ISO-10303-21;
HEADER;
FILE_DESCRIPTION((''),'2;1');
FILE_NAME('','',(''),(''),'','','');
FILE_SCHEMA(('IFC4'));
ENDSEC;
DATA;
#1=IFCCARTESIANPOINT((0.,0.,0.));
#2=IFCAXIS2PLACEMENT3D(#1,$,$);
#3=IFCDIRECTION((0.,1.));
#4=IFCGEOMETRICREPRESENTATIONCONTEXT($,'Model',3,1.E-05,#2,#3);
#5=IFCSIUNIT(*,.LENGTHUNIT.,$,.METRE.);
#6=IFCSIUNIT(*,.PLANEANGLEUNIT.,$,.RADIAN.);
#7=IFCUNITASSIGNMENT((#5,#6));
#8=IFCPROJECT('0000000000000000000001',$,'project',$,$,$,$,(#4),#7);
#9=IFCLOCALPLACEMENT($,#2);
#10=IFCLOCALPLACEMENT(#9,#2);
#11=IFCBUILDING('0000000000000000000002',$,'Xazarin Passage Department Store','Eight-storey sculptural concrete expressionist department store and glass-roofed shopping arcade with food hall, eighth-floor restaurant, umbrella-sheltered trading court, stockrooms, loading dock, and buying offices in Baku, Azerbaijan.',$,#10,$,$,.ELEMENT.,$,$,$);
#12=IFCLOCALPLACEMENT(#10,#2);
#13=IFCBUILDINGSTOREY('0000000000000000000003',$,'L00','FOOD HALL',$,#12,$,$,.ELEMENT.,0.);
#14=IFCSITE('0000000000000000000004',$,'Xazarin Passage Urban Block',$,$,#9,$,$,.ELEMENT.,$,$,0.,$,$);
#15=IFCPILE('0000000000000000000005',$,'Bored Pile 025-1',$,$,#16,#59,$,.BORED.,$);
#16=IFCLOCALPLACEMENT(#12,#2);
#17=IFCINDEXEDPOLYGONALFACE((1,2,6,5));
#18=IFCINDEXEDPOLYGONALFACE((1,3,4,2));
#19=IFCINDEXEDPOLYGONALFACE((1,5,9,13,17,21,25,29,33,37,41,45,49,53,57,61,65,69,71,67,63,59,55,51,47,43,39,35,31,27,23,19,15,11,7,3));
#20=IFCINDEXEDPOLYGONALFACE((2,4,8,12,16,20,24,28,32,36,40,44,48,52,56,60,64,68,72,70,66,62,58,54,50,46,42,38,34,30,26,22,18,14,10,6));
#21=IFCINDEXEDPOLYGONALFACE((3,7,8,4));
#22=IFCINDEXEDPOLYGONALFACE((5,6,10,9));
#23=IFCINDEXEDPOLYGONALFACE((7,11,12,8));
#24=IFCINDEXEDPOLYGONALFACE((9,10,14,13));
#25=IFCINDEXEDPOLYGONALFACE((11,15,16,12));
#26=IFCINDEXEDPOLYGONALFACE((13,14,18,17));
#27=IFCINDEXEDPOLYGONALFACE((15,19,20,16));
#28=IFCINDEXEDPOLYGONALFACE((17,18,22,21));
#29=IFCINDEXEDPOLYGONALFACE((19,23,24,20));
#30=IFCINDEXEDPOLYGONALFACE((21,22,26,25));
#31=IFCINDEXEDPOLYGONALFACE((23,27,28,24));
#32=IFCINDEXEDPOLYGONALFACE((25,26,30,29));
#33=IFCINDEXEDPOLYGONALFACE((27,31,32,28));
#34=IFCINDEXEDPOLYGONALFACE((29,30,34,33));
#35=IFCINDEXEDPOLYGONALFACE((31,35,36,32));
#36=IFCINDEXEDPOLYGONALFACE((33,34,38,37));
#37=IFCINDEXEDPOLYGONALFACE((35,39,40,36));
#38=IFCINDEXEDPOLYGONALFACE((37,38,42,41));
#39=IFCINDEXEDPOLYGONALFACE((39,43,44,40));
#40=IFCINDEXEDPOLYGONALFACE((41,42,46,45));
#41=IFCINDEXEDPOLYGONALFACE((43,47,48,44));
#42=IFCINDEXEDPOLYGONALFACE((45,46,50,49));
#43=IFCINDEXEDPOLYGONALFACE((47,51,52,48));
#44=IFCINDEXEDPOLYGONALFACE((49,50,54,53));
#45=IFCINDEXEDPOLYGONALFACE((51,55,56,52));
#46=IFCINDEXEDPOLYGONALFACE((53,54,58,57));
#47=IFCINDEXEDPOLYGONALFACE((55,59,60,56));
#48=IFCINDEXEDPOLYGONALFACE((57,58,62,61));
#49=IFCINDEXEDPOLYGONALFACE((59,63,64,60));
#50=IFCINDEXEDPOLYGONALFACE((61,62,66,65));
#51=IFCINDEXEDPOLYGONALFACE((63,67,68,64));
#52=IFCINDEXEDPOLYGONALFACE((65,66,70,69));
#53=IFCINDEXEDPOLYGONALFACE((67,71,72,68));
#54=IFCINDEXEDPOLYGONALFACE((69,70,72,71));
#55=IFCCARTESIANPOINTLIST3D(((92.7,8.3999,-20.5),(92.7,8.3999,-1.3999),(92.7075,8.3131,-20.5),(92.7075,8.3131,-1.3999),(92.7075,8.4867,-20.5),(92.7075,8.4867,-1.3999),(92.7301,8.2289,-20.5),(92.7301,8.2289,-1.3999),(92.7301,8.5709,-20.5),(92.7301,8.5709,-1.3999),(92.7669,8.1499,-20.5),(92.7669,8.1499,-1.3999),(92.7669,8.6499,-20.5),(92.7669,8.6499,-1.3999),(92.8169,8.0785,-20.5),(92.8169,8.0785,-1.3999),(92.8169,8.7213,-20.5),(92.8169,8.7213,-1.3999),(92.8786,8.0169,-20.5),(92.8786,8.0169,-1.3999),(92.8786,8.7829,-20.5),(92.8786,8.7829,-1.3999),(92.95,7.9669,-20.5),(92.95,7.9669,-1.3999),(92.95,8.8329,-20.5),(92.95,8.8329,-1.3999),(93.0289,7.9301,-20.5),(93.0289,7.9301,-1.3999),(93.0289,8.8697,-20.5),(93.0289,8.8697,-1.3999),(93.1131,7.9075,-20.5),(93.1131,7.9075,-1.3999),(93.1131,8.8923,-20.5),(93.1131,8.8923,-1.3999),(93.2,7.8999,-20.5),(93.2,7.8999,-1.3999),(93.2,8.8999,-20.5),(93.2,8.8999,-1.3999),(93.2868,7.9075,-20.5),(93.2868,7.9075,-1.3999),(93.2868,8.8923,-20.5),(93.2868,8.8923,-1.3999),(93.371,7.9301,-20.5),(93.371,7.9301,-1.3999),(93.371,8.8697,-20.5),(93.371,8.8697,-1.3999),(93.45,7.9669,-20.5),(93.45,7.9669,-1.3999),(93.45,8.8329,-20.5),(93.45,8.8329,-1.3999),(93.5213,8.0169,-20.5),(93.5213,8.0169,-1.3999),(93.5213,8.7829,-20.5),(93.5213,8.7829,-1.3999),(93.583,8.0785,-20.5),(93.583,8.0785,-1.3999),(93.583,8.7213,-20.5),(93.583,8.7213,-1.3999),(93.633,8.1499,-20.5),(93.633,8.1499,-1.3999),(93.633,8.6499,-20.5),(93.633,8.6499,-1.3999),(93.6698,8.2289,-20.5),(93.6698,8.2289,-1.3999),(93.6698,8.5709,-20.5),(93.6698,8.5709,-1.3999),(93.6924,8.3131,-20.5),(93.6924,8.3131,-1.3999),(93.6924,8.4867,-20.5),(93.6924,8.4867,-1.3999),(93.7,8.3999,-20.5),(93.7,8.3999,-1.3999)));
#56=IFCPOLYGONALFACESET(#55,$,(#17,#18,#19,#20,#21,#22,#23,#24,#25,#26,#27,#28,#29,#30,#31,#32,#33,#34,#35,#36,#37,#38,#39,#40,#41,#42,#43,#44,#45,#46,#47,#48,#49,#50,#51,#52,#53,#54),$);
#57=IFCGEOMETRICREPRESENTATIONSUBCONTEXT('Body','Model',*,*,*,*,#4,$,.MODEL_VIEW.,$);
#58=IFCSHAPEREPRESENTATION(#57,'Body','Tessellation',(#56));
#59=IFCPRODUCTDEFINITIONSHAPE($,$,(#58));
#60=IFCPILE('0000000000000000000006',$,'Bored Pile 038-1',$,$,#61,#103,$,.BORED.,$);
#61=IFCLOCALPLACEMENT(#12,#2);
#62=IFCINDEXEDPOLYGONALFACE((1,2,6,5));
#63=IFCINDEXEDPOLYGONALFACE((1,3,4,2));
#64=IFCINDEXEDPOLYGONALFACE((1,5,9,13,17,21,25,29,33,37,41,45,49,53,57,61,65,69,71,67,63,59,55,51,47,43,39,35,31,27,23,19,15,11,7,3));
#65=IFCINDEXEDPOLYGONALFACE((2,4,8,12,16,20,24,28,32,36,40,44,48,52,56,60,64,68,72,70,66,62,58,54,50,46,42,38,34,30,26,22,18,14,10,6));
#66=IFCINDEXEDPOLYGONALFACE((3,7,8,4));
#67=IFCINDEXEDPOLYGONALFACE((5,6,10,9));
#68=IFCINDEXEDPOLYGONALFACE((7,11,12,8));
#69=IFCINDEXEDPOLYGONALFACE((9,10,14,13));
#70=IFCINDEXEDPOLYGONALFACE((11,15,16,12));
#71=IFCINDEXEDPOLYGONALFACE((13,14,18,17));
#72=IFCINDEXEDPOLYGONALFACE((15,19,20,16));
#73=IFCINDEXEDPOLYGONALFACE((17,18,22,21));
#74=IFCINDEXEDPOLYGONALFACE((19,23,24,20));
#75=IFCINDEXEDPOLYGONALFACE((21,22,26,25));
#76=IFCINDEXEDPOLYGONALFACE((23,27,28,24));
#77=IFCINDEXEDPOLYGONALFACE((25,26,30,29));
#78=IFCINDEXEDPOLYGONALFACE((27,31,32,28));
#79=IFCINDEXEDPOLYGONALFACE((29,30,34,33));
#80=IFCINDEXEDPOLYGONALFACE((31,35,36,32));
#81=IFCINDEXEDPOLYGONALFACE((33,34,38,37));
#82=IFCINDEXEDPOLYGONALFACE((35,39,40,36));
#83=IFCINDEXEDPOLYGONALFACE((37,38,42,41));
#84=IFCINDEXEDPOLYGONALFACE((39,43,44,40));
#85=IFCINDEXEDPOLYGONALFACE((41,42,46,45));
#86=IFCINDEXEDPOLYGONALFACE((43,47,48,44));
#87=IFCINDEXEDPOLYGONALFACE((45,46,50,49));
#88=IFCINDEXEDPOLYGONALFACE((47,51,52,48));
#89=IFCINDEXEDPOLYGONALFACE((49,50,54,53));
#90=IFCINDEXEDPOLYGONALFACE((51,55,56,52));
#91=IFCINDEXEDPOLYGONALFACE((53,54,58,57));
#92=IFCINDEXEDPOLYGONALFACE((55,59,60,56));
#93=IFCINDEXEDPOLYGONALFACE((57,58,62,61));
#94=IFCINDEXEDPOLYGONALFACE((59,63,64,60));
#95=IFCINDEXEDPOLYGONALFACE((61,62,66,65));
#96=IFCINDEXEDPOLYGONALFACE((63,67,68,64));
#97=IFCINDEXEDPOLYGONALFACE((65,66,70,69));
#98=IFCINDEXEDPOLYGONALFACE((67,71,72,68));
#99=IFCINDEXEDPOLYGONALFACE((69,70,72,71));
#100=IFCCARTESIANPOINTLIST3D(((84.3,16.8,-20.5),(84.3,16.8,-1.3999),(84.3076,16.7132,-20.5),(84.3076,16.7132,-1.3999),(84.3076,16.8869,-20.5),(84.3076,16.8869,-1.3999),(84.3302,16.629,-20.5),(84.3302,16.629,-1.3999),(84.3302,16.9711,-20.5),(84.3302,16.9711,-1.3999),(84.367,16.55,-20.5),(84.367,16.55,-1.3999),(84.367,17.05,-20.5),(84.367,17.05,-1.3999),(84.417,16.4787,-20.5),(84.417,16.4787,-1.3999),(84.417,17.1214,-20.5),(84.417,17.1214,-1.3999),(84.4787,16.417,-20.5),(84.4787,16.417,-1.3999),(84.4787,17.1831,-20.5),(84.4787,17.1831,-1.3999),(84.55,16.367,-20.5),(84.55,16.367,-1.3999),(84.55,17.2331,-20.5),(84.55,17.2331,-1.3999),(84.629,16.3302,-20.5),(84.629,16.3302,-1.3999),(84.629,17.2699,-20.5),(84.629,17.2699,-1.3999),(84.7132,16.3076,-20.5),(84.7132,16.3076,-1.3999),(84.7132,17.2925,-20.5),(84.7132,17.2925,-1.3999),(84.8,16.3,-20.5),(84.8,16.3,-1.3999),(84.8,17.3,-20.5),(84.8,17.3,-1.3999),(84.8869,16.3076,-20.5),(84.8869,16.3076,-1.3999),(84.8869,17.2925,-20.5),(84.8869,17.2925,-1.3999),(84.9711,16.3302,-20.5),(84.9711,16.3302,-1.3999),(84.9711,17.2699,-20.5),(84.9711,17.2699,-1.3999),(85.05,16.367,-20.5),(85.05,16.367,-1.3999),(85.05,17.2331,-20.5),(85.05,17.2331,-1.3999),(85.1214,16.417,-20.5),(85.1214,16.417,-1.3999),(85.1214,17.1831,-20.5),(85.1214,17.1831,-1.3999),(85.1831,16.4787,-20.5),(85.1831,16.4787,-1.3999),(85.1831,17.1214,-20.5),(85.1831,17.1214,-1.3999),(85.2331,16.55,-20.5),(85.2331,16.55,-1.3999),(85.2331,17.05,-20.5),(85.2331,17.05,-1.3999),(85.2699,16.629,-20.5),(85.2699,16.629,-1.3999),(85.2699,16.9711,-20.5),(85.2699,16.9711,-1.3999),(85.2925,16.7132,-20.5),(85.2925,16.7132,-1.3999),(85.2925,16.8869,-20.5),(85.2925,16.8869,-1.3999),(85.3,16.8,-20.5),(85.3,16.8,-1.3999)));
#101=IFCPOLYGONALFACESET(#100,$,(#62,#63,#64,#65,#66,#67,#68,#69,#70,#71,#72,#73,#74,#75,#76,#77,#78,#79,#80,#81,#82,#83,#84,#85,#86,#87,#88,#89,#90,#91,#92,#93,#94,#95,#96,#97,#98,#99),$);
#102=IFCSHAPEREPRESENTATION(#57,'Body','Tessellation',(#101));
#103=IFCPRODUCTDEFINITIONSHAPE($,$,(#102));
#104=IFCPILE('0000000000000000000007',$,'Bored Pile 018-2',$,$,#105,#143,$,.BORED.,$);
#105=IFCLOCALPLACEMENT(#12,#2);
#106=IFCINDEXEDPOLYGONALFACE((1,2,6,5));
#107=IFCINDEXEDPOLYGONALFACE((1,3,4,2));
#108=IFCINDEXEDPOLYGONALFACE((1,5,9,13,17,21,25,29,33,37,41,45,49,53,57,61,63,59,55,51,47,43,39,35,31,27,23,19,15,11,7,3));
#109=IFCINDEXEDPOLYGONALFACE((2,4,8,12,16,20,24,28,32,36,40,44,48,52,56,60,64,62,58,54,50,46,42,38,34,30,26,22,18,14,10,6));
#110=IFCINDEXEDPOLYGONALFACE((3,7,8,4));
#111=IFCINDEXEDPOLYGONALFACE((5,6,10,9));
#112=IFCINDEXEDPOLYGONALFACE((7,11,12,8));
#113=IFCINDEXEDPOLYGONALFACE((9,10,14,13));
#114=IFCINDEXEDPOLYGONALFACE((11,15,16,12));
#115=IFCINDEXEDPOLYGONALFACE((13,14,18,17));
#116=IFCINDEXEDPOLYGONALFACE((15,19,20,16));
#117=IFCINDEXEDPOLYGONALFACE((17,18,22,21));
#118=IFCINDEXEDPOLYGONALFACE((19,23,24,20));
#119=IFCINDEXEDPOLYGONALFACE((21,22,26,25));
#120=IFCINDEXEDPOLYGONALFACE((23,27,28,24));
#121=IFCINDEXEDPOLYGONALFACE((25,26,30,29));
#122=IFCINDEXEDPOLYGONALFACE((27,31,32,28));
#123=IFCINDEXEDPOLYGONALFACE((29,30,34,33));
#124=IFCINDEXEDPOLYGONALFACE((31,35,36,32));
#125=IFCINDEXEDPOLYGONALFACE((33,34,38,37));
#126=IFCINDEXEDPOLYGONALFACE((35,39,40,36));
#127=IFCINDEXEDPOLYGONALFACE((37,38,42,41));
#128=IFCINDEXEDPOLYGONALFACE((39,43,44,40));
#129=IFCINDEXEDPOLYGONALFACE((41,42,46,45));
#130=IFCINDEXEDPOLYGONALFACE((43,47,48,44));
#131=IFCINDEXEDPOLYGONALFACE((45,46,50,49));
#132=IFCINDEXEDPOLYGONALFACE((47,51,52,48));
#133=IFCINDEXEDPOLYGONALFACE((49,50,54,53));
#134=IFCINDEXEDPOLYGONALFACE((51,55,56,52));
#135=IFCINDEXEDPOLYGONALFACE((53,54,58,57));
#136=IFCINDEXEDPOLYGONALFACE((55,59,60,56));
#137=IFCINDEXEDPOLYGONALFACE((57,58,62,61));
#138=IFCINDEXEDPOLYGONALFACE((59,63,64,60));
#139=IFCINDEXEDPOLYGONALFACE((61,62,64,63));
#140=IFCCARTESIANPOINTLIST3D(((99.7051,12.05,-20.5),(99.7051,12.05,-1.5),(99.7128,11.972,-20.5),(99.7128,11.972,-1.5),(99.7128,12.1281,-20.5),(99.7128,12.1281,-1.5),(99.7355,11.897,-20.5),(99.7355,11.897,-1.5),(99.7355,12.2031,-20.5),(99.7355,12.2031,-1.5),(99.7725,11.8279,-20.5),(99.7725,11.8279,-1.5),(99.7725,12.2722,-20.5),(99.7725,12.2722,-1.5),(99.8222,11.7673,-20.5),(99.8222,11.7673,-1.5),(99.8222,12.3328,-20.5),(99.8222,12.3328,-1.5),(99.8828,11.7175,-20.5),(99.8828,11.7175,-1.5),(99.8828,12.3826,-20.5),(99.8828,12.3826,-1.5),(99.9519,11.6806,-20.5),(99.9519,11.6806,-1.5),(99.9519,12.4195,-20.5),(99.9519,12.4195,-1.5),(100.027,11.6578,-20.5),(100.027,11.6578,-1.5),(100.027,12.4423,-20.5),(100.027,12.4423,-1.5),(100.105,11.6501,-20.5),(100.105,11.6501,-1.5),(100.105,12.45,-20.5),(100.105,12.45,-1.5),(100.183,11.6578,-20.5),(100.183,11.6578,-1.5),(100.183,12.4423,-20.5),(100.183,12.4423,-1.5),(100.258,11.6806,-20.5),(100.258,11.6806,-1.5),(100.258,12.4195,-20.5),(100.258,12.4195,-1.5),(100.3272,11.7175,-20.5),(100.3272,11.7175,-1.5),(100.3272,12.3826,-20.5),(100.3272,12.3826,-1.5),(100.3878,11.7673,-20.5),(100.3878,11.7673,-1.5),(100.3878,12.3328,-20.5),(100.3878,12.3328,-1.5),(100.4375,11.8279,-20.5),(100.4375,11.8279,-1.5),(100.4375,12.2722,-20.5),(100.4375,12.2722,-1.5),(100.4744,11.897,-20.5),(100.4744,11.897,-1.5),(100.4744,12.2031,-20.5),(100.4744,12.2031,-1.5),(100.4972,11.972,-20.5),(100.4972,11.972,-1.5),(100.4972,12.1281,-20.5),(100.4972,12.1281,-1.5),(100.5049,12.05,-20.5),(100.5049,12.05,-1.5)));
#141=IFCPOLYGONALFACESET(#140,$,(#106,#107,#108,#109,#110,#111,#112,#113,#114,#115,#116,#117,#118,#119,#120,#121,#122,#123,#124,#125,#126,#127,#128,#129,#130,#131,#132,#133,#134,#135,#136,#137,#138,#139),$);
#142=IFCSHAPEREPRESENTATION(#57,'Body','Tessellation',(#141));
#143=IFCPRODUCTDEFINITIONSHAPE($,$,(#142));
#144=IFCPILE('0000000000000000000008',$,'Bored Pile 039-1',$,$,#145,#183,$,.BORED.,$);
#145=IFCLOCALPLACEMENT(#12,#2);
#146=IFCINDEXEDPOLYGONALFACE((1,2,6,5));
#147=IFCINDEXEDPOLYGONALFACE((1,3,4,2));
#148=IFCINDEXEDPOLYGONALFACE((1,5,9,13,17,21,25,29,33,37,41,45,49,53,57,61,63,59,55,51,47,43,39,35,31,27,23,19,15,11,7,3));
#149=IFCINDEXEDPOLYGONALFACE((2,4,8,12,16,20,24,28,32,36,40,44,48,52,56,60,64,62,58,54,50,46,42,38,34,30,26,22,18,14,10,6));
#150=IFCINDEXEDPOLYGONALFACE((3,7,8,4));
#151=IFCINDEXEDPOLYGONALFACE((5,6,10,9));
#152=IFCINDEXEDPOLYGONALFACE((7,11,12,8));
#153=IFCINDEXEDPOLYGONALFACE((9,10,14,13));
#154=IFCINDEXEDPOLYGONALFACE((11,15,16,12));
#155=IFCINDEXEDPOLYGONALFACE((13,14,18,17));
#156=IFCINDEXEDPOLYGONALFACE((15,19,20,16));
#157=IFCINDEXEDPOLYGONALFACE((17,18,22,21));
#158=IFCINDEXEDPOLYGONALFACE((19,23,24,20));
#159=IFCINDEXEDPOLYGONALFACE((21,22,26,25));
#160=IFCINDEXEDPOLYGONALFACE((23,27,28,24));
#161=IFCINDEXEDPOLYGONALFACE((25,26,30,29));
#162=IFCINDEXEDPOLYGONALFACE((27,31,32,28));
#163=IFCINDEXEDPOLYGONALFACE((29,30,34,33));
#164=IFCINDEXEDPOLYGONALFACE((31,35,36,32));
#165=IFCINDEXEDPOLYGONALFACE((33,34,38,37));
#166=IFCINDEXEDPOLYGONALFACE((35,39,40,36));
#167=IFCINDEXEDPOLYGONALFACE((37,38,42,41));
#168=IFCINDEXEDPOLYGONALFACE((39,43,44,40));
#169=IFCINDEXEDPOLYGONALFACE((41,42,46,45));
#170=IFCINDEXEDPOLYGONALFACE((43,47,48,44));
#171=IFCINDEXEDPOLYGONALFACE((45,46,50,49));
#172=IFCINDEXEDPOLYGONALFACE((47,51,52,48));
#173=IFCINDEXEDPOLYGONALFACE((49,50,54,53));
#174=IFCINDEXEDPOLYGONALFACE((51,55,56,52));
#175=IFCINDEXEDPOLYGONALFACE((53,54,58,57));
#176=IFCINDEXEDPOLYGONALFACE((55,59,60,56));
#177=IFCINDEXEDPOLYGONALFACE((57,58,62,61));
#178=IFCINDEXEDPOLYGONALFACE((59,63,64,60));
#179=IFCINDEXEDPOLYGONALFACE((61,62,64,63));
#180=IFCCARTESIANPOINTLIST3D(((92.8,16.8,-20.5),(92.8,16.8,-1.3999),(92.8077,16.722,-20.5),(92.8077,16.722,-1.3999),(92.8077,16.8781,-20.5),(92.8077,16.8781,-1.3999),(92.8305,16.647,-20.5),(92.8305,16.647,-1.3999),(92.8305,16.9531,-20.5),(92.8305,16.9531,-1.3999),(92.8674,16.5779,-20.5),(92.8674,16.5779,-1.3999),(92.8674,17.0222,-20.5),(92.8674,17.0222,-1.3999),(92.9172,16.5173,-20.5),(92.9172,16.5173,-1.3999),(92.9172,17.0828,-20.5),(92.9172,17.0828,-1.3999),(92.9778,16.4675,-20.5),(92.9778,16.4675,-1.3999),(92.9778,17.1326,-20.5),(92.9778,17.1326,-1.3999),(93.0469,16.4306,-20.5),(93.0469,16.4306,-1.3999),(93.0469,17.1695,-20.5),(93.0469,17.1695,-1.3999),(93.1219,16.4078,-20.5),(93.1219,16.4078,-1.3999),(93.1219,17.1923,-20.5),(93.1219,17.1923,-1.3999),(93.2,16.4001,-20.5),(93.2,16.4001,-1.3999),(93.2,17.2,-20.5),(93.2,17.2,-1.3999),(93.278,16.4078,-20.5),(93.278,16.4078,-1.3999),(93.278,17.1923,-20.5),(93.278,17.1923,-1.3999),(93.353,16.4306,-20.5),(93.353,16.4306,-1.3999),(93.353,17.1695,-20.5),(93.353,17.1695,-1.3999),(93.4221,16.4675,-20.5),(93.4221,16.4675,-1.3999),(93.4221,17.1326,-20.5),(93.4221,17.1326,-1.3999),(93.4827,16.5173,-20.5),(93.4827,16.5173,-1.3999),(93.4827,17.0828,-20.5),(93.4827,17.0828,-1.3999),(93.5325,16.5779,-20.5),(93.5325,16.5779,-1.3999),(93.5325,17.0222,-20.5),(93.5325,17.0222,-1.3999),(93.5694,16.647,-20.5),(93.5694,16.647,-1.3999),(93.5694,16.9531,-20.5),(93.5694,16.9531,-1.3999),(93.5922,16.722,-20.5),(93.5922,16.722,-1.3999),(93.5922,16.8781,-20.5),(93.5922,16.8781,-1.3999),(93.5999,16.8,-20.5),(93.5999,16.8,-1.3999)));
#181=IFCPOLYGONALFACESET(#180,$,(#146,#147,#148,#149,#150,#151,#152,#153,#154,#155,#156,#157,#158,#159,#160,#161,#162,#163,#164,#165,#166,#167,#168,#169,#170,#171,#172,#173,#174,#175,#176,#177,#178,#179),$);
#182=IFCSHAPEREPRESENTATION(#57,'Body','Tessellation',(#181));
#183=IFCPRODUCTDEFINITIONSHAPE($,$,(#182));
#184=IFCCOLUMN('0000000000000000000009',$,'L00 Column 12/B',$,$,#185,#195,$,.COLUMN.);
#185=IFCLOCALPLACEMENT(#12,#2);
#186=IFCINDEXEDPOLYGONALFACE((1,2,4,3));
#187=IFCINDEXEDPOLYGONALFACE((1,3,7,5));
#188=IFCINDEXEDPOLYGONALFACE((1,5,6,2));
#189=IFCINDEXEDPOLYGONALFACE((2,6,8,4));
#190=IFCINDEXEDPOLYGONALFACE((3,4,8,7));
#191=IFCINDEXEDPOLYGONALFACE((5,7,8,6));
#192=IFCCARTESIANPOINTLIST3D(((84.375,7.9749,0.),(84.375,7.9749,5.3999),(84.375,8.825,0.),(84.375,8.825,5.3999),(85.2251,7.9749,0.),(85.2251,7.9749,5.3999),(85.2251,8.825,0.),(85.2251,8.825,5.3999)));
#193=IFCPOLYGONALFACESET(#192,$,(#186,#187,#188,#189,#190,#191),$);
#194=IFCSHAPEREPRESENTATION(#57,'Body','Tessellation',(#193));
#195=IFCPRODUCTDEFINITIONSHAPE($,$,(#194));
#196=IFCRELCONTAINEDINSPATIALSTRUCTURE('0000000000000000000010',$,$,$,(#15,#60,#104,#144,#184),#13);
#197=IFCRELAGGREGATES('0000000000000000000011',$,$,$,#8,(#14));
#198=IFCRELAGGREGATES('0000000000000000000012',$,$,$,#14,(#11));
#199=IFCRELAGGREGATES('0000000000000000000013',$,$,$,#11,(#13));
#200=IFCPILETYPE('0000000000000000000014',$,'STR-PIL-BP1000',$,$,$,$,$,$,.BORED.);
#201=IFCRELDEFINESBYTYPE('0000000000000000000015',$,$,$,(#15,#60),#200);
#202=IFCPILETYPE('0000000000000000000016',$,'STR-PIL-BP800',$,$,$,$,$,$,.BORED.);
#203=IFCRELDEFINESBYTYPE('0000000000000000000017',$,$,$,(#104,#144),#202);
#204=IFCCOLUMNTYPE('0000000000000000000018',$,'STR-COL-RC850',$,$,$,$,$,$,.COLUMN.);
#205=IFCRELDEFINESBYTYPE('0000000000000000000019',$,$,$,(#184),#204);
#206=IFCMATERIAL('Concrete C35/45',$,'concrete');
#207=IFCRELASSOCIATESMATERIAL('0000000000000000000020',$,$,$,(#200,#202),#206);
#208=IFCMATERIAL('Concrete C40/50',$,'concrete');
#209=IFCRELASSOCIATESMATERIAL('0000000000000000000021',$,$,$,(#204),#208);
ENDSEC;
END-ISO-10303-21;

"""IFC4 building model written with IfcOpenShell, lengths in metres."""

from ifc_helpers import new_model, si_unit, direction, frame, origin, origin_2d, place, context, subcontext, project, spatial, rectangle, circle, extrude, material, material_profile, profile_set, type_object, element, save


model = new_model("IFC4")

# Units and contexts
model_context = context("Model", 3, precision=1e-05, world=origin(), true_north=direction((0.0, 1.0)))
body_context = subcontext(model_context, "Body", "Model", "MODEL_VIEW")
ifc_project = project(units=[si_unit("LENGTHUNIT", "METRE"), si_unit("PLANEANGLEUNIT", "RADIAN")], contexts=[model_context])

# Site, building, storey
site_placement = place(None, origin())
site = spatial("IfcSite", under=ifc_project, at=site_placement, Name="Xazarin Passage Urban Block", CompositionType="ELEMENT", RefElevation=0.0)
building_placement = place(site_placement, origin())
building = spatial("IfcBuilding", under=site, at=building_placement, Name="Xazarin Passage Department Store", Description="Eight-storey sculptural concrete expressionist department store and glass-roofed shopping arcade with food hall, eighth-floor restaurant, umbrella-sheltered trading court, stockrooms, loading dock, and buying offices in Baku, Azerbaijan.", CompositionType="ELEMENT")
storey_placement = place(building_placement, origin())
storey = spatial("IfcBuildingStorey", under=building, at=storey_placement, Name="L00", Description="FOOD HALL", CompositionType="ELEMENT", Elevation=0.0)

# Shared definitions
ifc_material_1 = material(Name="Concrete C35/45", Category="concrete")

# Piles
ifc_material_profile_1 = material_profile(ifc_material_1, circle(Radius=0.5, at=origin_2d()), Name="BP 1000")
ifc_profile_set_1 = profile_set([ifc_material_profile_1], Name="Concrete C35/45")
pile_type_1 = type_object("IfcPileType", Name="STR-PIL-BP1000", PredefinedType="BORED", material=ifc_profile_set_1)
for number, where, z_axis, x_axis, name in (
    (1, (93.2, 8.3999, -1.3999), (0.0, 0.0, -1.0), (1.0, 0.0, 0.0), "Bored Pile 025-1"),
    (2, (84.8, 16.8, -1.3999), (0.0, 0.0, -1.0), (1.0, 0.0, 0.0), "Bored Pile 038-1"),
):
    element("IfcPile", number, at=place(storey_placement, frame(where, z_axis=z_axis, x_axis=x_axis)), inside=storey, type_object=pile_type_1, Name=name, PredefinedType="BORED", context=body_context, shape_type="SweptSolid", body=[
        extrude(circle(Radius=0.5, at=origin_2d()), origin(), (0.0, 0.0, 1.0), 19.1001),
    ])
ifc_material_profile_2 = material_profile(ifc_material_1, circle(Radius=0.3999, at=origin_2d()), Name="BP 800")
ifc_profile_set_2 = profile_set([ifc_material_profile_2], Name="Concrete C35/45")
pile_type_2 = type_object("IfcPileType", Name="STR-PIL-BP800", PredefinedType="BORED", material=ifc_profile_set_2)
pile_1_placement = place(storey_placement, frame((100.105, 12.05, -1.5), z_axis=(0.0, 0.0, -1.0), x_axis=(1.0, 0.0, 0.0)))
element("IfcPile", 3, at=pile_1_placement, inside=storey, type_object=pile_type_2, Name="Bored Pile 018-2", PredefinedType="BORED", context=body_context, shape_type="SweptSolid", body=[
    extrude(circle(Radius=0.3999, at=origin_2d()), origin(), (0.0, 0.0, 1.0), 19.0),
])
pile_2_placement = place(storey_placement, frame((93.2, 16.8, -1.3999), z_axis=(0.0, 0.0, -1.0), x_axis=(1.0, 0.0, 0.0)))
element("IfcPile", 4, at=pile_2_placement, inside=storey, type_object=pile_type_2, Name="Bored Pile 039-1", PredefinedType="BORED", context=body_context, shape_type="SweptSolid", body=[
    extrude(circle(Radius=0.3999, at=origin_2d()), origin(), (0.0, 0.0, 1.0), 19.1001),
])

# Column
ifc_material_2 = material(Name="Concrete C40/50", Category="concrete")
ifc_material_profile_3 = material_profile(ifc_material_2, rectangle(XDim=0.8501, YDim=0.8501, at=origin_2d()), Name="RC 850x850")
ifc_profile_set_3 = profile_set([ifc_material_profile_3], Name="Concrete C40/50")
column_type_1 = type_object("IfcColumnType", Name="STR-COL-RC850", PredefinedType="COLUMN", material=ifc_profile_set_3)
for number, where, z_axis, x_axis, name in (
    (5, (84.8, 8.3999, 0.0), (0.0, 0.0, 1.0), (1.0, 0.0, 0.0), "L00 Column 12/B"),
):
    element("IfcColumn", number, at=place(storey_placement, frame(where, z_axis=z_axis, x_axis=x_axis)), inside=storey, type_object=column_type_1, Name=name, PredefinedType="COLUMN", context=body_context, shape_type="SweptSolid", body=[
        extrude(rectangle(XDim=0.8501, YDim=0.8501, at=origin_2d()), origin(), (0.0, 0.0, 1.0), 5.3999),
    ])

save(model, "model.ifc")
